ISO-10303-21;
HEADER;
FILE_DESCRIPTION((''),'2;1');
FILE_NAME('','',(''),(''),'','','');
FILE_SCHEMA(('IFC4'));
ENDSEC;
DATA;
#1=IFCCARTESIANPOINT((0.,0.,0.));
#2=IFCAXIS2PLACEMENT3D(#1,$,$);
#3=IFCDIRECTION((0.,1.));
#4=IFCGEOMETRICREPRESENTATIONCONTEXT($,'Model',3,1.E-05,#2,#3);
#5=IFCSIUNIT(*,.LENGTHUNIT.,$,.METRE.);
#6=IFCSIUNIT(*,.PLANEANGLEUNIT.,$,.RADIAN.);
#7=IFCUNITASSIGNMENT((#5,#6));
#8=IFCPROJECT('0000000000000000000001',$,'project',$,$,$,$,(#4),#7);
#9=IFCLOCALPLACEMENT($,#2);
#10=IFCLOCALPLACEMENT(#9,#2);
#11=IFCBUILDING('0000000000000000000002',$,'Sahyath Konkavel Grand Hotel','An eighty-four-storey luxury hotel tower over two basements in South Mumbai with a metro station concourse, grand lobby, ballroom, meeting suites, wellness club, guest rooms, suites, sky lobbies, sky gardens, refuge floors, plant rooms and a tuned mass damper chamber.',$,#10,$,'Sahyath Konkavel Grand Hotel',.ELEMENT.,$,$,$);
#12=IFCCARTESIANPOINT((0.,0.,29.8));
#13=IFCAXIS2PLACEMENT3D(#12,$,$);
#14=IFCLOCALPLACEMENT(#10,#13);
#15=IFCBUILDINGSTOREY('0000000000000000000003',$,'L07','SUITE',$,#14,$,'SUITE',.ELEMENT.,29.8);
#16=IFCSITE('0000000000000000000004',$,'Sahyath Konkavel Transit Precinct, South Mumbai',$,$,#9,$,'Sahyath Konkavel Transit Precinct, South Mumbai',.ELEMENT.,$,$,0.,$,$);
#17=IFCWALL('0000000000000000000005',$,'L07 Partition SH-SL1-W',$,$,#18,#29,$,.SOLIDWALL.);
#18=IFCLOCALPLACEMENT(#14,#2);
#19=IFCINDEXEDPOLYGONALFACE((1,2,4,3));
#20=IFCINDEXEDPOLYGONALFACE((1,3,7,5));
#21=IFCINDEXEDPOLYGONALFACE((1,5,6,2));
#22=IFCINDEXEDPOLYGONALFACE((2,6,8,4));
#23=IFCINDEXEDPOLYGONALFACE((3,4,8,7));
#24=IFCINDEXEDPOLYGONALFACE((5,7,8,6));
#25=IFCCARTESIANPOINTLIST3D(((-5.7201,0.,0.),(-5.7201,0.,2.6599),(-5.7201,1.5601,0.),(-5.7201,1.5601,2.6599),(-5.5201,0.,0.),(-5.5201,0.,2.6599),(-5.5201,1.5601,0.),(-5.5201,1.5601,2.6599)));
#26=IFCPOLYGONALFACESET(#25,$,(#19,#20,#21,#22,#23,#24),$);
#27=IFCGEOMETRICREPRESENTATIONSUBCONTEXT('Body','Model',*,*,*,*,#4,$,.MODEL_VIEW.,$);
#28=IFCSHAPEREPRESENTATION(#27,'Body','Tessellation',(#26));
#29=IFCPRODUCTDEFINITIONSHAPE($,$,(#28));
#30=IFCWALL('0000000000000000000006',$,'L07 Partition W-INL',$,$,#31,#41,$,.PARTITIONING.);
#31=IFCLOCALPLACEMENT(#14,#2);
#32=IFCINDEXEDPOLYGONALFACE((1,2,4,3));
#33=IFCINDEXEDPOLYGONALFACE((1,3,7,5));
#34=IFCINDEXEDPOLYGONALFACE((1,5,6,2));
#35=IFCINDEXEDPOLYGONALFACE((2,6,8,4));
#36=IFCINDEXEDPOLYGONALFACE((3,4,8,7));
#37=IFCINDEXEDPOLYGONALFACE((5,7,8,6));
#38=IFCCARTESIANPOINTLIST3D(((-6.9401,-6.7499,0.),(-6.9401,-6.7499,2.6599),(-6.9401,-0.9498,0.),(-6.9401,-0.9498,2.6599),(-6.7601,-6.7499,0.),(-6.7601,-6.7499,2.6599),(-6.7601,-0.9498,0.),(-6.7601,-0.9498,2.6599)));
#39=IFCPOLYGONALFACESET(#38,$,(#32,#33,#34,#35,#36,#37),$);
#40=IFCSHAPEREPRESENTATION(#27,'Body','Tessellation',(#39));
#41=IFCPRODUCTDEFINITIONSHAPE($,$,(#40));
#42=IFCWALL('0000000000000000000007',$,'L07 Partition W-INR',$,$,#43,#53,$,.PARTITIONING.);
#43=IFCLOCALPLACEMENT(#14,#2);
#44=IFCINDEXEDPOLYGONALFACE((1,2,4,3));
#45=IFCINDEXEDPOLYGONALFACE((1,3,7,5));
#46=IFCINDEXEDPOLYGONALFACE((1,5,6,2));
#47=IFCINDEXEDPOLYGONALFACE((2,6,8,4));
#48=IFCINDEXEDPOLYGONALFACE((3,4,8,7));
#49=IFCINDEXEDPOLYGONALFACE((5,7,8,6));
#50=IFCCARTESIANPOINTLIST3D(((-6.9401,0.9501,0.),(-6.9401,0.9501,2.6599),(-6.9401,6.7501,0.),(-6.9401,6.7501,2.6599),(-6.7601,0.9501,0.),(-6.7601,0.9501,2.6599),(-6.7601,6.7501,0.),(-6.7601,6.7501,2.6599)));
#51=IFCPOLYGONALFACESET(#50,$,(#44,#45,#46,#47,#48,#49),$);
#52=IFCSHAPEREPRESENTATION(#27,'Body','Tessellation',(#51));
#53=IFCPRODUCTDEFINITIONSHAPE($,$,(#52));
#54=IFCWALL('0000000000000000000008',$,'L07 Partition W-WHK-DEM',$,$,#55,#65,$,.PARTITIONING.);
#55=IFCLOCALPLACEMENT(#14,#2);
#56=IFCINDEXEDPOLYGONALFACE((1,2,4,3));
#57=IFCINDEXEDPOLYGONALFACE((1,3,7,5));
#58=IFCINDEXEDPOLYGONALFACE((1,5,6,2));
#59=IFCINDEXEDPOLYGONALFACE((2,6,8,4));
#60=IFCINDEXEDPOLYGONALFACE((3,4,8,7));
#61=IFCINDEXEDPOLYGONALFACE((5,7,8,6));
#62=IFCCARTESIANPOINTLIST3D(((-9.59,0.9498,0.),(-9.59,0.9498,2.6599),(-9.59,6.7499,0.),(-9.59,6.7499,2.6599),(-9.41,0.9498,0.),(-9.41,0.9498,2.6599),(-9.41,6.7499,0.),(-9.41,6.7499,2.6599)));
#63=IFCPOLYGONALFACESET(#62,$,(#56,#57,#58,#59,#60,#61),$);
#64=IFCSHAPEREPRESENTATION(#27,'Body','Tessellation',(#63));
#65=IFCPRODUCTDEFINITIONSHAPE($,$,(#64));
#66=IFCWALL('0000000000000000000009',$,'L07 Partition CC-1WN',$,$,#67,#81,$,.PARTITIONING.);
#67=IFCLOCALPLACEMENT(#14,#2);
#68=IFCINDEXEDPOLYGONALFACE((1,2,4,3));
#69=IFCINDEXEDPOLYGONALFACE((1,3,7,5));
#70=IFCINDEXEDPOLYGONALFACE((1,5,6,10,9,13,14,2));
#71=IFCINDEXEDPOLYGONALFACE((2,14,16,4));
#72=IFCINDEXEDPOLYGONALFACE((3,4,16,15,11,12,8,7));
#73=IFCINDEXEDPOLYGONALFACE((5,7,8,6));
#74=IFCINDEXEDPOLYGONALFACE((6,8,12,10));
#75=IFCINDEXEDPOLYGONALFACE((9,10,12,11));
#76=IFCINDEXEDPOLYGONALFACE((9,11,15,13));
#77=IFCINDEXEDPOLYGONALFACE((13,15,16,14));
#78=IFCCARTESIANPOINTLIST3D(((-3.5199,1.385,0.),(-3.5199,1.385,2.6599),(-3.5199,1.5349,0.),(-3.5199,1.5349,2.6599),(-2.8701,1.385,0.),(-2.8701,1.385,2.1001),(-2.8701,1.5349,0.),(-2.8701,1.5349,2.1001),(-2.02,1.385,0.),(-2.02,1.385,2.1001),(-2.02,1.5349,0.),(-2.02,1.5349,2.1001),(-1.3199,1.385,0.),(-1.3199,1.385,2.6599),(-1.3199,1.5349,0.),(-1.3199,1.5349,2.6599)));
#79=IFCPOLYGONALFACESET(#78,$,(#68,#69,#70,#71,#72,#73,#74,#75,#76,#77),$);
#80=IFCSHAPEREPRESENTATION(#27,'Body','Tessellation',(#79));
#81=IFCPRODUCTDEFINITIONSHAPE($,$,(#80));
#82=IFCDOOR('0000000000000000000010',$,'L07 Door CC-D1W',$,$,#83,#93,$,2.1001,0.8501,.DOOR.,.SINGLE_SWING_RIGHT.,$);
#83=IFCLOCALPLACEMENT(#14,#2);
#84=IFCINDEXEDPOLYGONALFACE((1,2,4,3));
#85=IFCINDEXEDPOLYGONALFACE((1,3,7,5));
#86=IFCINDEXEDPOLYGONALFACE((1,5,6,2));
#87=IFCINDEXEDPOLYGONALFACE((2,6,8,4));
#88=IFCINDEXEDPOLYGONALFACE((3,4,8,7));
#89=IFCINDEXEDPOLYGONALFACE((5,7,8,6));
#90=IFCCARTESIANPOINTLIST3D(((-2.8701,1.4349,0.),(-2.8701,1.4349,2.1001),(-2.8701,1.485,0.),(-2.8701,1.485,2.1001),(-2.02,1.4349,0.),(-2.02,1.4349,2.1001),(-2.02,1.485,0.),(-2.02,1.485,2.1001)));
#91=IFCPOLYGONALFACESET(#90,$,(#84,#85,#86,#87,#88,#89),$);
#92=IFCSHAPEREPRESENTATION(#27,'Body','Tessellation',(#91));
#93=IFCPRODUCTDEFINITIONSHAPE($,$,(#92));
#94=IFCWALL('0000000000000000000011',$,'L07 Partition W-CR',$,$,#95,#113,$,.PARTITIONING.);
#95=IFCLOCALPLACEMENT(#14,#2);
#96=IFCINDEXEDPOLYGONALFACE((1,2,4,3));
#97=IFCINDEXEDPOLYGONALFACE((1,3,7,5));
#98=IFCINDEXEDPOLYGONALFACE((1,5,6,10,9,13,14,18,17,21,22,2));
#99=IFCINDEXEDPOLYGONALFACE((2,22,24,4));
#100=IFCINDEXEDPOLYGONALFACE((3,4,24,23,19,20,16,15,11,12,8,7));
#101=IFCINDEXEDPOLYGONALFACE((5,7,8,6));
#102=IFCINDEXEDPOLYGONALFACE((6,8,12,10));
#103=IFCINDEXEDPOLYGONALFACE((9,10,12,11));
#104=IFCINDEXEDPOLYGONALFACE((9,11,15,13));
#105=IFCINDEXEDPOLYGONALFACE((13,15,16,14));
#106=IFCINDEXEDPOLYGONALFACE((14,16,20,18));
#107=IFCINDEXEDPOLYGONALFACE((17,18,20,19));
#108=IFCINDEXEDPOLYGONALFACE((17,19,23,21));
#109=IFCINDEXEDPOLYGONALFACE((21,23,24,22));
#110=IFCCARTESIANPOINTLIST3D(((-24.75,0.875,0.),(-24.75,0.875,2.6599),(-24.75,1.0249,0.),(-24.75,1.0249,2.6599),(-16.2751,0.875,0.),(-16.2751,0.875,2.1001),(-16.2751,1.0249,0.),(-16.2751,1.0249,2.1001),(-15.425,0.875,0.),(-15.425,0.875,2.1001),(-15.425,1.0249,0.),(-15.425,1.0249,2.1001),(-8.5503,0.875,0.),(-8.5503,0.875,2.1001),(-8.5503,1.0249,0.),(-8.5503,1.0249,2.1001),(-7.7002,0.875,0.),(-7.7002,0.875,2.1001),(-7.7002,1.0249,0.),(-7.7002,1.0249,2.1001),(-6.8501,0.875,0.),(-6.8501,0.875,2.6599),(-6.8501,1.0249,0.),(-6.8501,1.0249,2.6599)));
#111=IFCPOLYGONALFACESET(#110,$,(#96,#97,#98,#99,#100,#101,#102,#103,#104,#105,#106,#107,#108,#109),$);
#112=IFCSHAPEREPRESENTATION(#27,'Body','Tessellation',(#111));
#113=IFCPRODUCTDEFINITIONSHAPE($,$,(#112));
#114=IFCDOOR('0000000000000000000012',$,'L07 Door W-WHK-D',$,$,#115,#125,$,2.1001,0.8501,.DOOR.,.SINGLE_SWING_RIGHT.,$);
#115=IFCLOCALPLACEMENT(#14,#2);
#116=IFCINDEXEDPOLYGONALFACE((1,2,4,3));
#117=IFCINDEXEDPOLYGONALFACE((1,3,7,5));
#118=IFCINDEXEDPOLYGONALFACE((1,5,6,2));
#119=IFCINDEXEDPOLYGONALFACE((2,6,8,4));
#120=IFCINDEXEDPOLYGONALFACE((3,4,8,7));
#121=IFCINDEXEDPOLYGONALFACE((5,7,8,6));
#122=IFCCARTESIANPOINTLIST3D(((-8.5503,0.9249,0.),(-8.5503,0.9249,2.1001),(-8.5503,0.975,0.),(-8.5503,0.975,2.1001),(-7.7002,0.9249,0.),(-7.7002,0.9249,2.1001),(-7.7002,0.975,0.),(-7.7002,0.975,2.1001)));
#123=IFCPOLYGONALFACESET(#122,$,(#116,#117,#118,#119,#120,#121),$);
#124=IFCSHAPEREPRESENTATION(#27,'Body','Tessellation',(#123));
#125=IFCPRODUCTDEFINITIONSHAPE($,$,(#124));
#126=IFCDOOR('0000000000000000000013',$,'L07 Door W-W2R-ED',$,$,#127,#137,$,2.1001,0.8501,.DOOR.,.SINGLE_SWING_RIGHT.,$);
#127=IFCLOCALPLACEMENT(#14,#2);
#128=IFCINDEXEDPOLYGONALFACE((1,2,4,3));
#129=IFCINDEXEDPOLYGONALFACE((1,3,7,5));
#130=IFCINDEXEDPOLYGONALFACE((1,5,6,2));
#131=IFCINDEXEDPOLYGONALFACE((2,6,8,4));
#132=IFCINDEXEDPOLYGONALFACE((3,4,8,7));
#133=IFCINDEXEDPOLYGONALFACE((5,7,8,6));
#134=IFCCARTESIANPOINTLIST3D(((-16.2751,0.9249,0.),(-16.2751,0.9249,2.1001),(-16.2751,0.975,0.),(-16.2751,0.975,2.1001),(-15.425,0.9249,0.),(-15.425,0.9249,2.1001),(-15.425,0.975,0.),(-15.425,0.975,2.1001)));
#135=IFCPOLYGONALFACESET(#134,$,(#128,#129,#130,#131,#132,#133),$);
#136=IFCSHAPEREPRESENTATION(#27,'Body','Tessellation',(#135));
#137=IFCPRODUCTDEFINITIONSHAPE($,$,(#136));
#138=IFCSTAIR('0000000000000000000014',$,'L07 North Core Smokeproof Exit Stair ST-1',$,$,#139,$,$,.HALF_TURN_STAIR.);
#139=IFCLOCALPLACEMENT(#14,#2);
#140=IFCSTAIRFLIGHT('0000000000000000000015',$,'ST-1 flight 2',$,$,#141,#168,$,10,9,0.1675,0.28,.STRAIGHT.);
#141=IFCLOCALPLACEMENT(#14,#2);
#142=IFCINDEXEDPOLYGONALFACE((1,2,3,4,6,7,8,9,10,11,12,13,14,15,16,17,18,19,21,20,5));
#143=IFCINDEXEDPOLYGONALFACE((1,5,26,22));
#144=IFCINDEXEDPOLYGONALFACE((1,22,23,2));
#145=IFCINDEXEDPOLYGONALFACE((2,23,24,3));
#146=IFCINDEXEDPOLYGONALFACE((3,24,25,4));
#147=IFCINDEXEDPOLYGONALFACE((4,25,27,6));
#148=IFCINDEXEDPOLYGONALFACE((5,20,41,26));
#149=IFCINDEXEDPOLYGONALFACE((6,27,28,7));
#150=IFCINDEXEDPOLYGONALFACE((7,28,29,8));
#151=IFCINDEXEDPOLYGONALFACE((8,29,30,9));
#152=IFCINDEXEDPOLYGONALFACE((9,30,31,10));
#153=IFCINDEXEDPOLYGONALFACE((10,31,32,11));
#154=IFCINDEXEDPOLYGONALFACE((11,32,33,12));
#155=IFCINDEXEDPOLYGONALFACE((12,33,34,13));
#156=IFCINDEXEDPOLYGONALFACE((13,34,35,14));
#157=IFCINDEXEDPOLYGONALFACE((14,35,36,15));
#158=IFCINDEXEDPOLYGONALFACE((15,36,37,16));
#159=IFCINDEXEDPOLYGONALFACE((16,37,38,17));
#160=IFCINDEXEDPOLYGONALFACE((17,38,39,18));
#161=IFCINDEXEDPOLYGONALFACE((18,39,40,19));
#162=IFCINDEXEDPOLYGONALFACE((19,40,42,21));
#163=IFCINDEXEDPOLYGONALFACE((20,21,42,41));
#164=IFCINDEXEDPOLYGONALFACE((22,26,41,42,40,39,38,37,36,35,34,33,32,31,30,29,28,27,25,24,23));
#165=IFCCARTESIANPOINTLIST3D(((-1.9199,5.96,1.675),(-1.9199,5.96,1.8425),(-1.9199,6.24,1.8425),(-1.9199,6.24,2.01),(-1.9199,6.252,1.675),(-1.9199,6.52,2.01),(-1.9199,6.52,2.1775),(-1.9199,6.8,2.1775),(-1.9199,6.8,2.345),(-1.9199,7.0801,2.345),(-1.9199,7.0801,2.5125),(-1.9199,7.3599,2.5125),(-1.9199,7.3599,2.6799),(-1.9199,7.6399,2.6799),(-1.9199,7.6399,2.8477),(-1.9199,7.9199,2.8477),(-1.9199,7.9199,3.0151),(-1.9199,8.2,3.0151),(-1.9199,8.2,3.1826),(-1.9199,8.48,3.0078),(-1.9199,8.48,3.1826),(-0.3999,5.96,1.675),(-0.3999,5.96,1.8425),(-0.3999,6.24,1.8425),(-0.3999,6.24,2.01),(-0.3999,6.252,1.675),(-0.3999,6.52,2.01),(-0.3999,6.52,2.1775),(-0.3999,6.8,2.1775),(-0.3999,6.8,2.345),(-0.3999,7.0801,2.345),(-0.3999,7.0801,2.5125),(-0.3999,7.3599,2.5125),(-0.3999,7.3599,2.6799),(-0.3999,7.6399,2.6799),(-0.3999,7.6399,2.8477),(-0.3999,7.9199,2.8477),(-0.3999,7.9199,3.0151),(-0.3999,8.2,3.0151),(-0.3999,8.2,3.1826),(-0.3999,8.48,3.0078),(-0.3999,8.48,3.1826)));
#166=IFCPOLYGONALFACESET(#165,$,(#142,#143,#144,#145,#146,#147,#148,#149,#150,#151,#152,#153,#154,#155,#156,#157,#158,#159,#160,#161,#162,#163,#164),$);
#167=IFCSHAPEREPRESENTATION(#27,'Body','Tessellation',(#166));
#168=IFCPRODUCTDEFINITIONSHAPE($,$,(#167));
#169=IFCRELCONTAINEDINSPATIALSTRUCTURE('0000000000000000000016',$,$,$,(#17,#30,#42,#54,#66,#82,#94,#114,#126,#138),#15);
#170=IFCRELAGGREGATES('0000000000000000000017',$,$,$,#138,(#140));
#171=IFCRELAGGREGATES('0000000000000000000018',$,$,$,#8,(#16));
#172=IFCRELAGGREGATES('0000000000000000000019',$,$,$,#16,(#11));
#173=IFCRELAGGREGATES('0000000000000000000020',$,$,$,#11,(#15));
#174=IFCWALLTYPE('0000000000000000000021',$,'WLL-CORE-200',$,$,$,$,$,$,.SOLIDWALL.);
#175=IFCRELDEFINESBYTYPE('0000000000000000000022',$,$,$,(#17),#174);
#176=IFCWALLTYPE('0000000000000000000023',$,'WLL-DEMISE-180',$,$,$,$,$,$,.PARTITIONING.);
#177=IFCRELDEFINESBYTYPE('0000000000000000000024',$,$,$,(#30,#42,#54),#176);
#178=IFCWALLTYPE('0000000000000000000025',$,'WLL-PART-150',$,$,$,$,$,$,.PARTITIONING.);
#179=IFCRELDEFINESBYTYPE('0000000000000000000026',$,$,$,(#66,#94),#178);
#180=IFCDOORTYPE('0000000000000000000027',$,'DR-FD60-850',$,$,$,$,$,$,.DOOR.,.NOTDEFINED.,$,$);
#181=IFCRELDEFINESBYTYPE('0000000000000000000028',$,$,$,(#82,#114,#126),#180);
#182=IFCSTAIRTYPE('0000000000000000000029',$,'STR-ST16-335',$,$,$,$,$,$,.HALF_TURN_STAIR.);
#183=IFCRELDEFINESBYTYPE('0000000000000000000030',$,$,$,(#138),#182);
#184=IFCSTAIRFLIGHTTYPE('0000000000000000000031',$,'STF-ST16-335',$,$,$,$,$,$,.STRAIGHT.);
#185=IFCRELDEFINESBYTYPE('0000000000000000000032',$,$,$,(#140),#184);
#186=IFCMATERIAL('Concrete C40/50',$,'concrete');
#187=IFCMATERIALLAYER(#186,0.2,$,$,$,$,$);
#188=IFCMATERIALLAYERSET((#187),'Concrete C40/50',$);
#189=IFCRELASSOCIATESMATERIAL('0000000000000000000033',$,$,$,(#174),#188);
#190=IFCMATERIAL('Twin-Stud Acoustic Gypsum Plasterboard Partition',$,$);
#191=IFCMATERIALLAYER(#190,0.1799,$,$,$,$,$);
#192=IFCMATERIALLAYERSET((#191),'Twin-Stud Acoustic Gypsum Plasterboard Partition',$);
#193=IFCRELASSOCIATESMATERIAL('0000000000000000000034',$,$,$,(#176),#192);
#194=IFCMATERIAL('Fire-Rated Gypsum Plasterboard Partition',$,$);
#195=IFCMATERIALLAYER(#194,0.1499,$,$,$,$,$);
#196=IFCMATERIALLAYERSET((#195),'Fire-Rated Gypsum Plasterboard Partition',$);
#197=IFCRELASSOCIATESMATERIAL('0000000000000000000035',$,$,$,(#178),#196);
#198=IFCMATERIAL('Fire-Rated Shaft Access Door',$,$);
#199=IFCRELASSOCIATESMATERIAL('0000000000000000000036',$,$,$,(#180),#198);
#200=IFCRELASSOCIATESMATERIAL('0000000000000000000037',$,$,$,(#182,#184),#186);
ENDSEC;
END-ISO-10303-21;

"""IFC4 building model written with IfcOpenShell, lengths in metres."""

from ifc_helpers import new_model, si_unit, direction, frame, frame_2d, origin, origin_2d, place, context, subcontext, project, spatial, polyline, rectangle, outline, extrude, source, transform, mapped, material, layer, layer_set, type_object, element, fill, aggregate, save


model = new_model("IFC4")

# Units and contexts
model_context = context("Model", 3, precision=1e-05, world=origin(), true_north=direction((0.0, 1.0)))
body_context = subcontext(model_context, "Body", "Model", "MODEL_VIEW")
ifc_project = project(units=[si_unit("LENGTHUNIT", "METRE"), si_unit("PLANEANGLEUNIT", "RADIAN")], contexts=[model_context])

# Site, building, storey
site_placement = place(None, origin())
site = spatial("IfcSite", under=ifc_project, at=site_placement, Name="Sahyath Konkavel Transit Precinct, South Mumbai", LongName="Sahyath Konkavel Transit Precinct, South Mumbai", CompositionType="ELEMENT", RefElevation=0.0)
building_placement = place(site_placement, origin())
building = spatial("IfcBuilding", under=site, at=building_placement, Name="Sahyath Konkavel Grand Hotel", Description="An eighty-four-storey luxury hotel tower over two basements in South Mumbai with a metro station concourse, grand lobby, ballroom, meeting suites, wellness club, guest rooms, suites, sky lobbies, sky gardens, refuge floors, plant rooms and a tuned mass damper chamber.", LongName="Sahyath Konkavel Grand Hotel", CompositionType="ELEMENT")
storey_placement = place(building_placement, frame((0.0, 0.0, 29.8)))
storey = spatial("IfcBuildingStorey", under=building, at=storey_placement, Name="L07", Description="SUITE", LongName="SUITE", CompositionType="ELEMENT", Elevation=29.8)

# Shared definitions
ifc_material_1 = material(Name="Concrete C40/50", Category="concrete")

# Walls
ifc_layer_1 = layer(ifc_material_1, 0.2)
ifc_layer_set_1 = layer_set([ifc_layer_1], Name="Concrete C40/50")
wall_type_1 = type_object("IfcWallType", Name="WLL-CORE-200", PredefinedType="SOLIDWALL", material=ifc_layer_set_1)
wall_1_placement = place(storey_placement, frame((-5.6201, 0.0, 0.0), z_axis=(0.0, 0.0, 1.0), x_axis=(0.0, 1.0, 0.0)))
element("IfcWall", 1, at=wall_1_placement, inside=storey, type_object=wall_type_1, Name="L07 Partition SH-SL1-W", PredefinedType="SOLIDWALL", context=body_context, shape_type="SweptSolid", body=[
    extrude(rectangle(XDim=1.5601, YDim=0.2, at=frame_2d((0.78, 0.0))), origin(), (0.0, 0.0, 1.0), 2.6599),
])
ifc_material_2 = material(Name="Twin-Stud Acoustic Gypsum Plasterboard Partition")
ifc_layer_2 = layer(ifc_material_2, 0.1799)
ifc_layer_set_2 = layer_set([ifc_layer_2], Name="Twin-Stud Acoustic Gypsum Plasterboard Partition")
wall_type_2 = type_object("IfcWallType", Name="WLL-DEMISE-180", PredefinedType="PARTITIONING", material=ifc_layer_set_2)
for number, where, z_axis, x_axis, name in (
    (2, (-6.8501, -0.95, 0.0), (0.0, 0.0, 1.0), (0.0, -1.0, 0.0), "L07 Partition W-INL"),
    (3, (-6.8501, 6.75, 0.0), (0.0, 0.0, 1.0), (0.0, -1.0, 0.0), "L07 Partition W-INR"),
    (4, (-9.5, 0.95, 0.0), (0.0, 0.0, 1.0), (0.0, 1.0, 0.0), "L07 Partition W-WHK-DEM"),
):
    element("IfcWall", number, at=place(storey_placement, frame(where, z_axis=z_axis, x_axis=x_axis)), inside=storey, type_object=wall_type_2, Name=name, PredefinedType="PARTITIONING", context=body_context, shape_type="SweptSolid", body=[
        extrude(rectangle(XDim=5.8, YDim=0.1799, at=frame_2d((2.8999, 0.0))), origin(), (0.0, 0.0, 1.0), 2.6599),
    ])

# Wall, opening, door
ifc_material_3 = material(Name="Fire-Rated Gypsum Plasterboard Partition")
ifc_layer_3 = layer(ifc_material_3, 0.1499)
ifc_layer_set_3 = layer_set([ifc_layer_3], Name="Fire-Rated Gypsum Plasterboard Partition")
wall_type_3 = type_object("IfcWallType", Name="WLL-PART-150", PredefinedType="PARTITIONING", material=ifc_layer_set_3)
wall_2_placement = place(storey_placement, frame((-3.52, 1.46, 0.0), z_axis=(0.0, 0.0, 1.0), x_axis=(1.0, 0.0, 0.0)))
wall_2 = element("IfcWall", 5, at=wall_2_placement, inside=storey, type_object=wall_type_3, Name="L07 Partition CC-1WN", PredefinedType="PARTITIONING", context=body_context, shape_type="SweptSolid", body=[
    extrude(rectangle(XDim=2.2, YDim=0.1499, at=frame_2d((1.1001, 0.0))), origin(), (0.0, 0.0, 1.0), 2.6599),
])
opening_1_placement = place(wall_2_placement, frame((0.6499, 0.0, 0.0)))
opening_1 = element("IfcOpeningElement", 6, at=opening_1_placement, cuts=wall_2, PredefinedType="OPENING", context=body_context, shape_type="SweptSolid", body=[
    extrude(rectangle(XDim=0.8501, YDim=2.1001, at=frame_2d((0.425, 1.05))), frame((0.0, 0.085, 0.0), z_axis=(0.0, -1.0, 0.0), x_axis=(1.0, 0.0, 0.0)), (0.0, 0.0, 1.0), 0.1699),
])
ifc_material_4 = material(Name="Fire-Rated Shaft Access Door")
door_type = type_object("IfcDoorType", Name="DR-FD60-850", OperationType="NOTDEFINED", PredefinedType="DOOR", material=ifc_material_4)
shared_shape_1 = source(origin(), body_context, "Body", "SweptSolid", [
    extrude(rectangle(XDim=0.8501, YDim=0.05, at=origin_2d()), origin(), (0.0, 0.0, 1.0), 2.1001),
])
door_1_placement = place(opening_1_placement, frame((0.425, 0.0, 0.0)))
door_1 = element("IfcDoor", 7, at=door_1_placement, inside=storey, type_object=door_type, Name="L07 Door CC-D1W", OperationType="SINGLE_SWING_RIGHT", OverallHeight=2.1001, OverallWidth=0.8501, PredefinedType="DOOR", context=body_context, shape_type="MappedRepresentation", body=[
    mapped(shared_shape_1, transform((0.0, 0.0, 0.0), scale=1.0)),
])
fill(opening_1, door_1)

# Wall, openings, doors
wall_3_placement = place(storey_placement, frame((-6.8501, 0.95, 0.0), z_axis=(0.0, 0.0, 1.0), x_axis=(-1.0, 0.0, 0.0)))
wall_3 = element("IfcWall", 8, at=wall_3_placement, inside=storey, type_object=wall_type_3, Name="L07 Partition W-CR", PredefinedType="PARTITIONING", context=body_context, shape_type="SweptSolid", body=[
    extrude(rectangle(XDim=17.8999, YDim=0.1499, at=frame_2d((8.95, 0.0))), origin(), (0.0, 0.0, 1.0), 2.6599),
])
opening_2_placement = place(wall_3_placement, frame((0.8501, 0.0, 0.0)))
opening_2 = element("IfcOpeningElement", 9, at=opening_2_placement, cuts=wall_3, PredefinedType="OPENING", context=body_context, shape_type="SweptSolid", body=[
    extrude(rectangle(XDim=0.8501, YDim=2.1001, at=frame_2d((0.425, 1.05))), frame((0.0, 0.085, 0.0), z_axis=(0.0, -1.0, 0.0), x_axis=(1.0, 0.0, 0.0)), (0.0, 0.0, 1.0), 0.1699),
])
opening_3_placement = place(wall_3_placement, frame((8.575, 0.0, 0.0)))
opening_3 = element("IfcOpeningElement", 10, at=opening_3_placement, cuts=wall_3, PredefinedType="OPENING", context=body_context, shape_type="SweptSolid", body=[
    extrude(rectangle(XDim=0.8501, YDim=2.1001, at=frame_2d((0.425, 1.05))), frame((0.0, 0.085, 0.0), z_axis=(0.0, -1.0, 0.0), x_axis=(1.0, 0.0, 0.0)), (0.0, 0.0, 1.0), 0.1699),
])
door_2_placement = place(opening_2_placement, frame((0.425, 0.0, 0.0)))
door_2 = element("IfcDoor", 11, at=door_2_placement, inside=storey, type_object=door_type, Name="L07 Door W-WHK-D", OperationType="SINGLE_SWING_RIGHT", OverallHeight=2.1001, OverallWidth=0.8501, PredefinedType="DOOR", context=body_context, shape_type="MappedRepresentation", body=[
    mapped(shared_shape_1, transform((0.0, 0.0, 0.0), scale=1.0)),
])
fill(opening_2, door_2)
door_3_placement = place(opening_3_placement, frame((0.425, 0.0, 0.0)))
door_3 = element("IfcDoor", 12, at=door_3_placement, inside=storey, type_object=door_type, Name="L07 Door W-W2R-ED", OperationType="SINGLE_SWING_RIGHT", OverallHeight=2.1001, OverallWidth=0.8501, PredefinedType="DOOR", context=body_context, shape_type="MappedRepresentation", body=[
    mapped(shared_shape_1, transform((0.0, 0.0, 0.0), scale=1.0)),
])
fill(opening_3, door_3)

# Stair, stair flight
stair_type = type_object("IfcStairType", Name="STR-ST16-335", PredefinedType="HALF_TURN_STAIR", material=ifc_material_1)
stair_placement = place(storey_placement, origin())
stair = element("IfcStair", 13, at=stair_placement, inside=storey, type_object=stair_type, Name="L07 North Core Smokeproof Exit Stair ST-1", PredefinedType="HALF_TURN_STAIR")
stair_flight_type = type_object("IfcStairFlightType", Name="STF-ST16-335", PredefinedType="STRAIGHT", material=ifc_material_1)
stair_flight_placement = place(storey_placement, frame((-1.1599, 5.96, 1.675), z_axis=(0.0, 0.0, 1.0), x_axis=(0.0, 1.0, 0.0)))
stair_flight = element("IfcStairFlight", 14, at=stair_flight_placement, type_object=stair_flight_type, Name="ST-1 flight 2", NumberOfRisers=10, NumberOfTreads=9, PredefinedType="STRAIGHT", RiserHeight=0.1675, TreadLength=0.28, context=body_context, shape_type="SweptSolid", body=[
    extrude(outline(polyline([(0.0, 0.0), (0.0, 0.1675), (0.28, 0.1675), (0.28, 0.335), (0.5601, 0.335), (0.5601, 0.5024), (0.8401, 0.5024), (0.8401, 0.6699), (1.1201, 0.6699), (1.1201, 0.8374), (1.3999, 0.8374), (1.3999, 1.0049), (1.6799, 1.0049), (1.6799, 1.1726), (1.96, 1.1726), (1.96, 1.3401), (2.24, 1.3401), (2.24, 1.5076), (2.52, 1.5076), (2.52, 1.675), (2.52, 1.3328), (0.292, 0.0), (0.0, 0.0)])), frame((0.0, 0.76, 0.0), z_axis=(0.0, -1.0, 0.0), x_axis=(1.0, 0.0, 0.0)), (0.0, 0.0, 1.0), 1.52),
])
aggregate(stair, [stair_flight])

save(model, "model.ifc")
